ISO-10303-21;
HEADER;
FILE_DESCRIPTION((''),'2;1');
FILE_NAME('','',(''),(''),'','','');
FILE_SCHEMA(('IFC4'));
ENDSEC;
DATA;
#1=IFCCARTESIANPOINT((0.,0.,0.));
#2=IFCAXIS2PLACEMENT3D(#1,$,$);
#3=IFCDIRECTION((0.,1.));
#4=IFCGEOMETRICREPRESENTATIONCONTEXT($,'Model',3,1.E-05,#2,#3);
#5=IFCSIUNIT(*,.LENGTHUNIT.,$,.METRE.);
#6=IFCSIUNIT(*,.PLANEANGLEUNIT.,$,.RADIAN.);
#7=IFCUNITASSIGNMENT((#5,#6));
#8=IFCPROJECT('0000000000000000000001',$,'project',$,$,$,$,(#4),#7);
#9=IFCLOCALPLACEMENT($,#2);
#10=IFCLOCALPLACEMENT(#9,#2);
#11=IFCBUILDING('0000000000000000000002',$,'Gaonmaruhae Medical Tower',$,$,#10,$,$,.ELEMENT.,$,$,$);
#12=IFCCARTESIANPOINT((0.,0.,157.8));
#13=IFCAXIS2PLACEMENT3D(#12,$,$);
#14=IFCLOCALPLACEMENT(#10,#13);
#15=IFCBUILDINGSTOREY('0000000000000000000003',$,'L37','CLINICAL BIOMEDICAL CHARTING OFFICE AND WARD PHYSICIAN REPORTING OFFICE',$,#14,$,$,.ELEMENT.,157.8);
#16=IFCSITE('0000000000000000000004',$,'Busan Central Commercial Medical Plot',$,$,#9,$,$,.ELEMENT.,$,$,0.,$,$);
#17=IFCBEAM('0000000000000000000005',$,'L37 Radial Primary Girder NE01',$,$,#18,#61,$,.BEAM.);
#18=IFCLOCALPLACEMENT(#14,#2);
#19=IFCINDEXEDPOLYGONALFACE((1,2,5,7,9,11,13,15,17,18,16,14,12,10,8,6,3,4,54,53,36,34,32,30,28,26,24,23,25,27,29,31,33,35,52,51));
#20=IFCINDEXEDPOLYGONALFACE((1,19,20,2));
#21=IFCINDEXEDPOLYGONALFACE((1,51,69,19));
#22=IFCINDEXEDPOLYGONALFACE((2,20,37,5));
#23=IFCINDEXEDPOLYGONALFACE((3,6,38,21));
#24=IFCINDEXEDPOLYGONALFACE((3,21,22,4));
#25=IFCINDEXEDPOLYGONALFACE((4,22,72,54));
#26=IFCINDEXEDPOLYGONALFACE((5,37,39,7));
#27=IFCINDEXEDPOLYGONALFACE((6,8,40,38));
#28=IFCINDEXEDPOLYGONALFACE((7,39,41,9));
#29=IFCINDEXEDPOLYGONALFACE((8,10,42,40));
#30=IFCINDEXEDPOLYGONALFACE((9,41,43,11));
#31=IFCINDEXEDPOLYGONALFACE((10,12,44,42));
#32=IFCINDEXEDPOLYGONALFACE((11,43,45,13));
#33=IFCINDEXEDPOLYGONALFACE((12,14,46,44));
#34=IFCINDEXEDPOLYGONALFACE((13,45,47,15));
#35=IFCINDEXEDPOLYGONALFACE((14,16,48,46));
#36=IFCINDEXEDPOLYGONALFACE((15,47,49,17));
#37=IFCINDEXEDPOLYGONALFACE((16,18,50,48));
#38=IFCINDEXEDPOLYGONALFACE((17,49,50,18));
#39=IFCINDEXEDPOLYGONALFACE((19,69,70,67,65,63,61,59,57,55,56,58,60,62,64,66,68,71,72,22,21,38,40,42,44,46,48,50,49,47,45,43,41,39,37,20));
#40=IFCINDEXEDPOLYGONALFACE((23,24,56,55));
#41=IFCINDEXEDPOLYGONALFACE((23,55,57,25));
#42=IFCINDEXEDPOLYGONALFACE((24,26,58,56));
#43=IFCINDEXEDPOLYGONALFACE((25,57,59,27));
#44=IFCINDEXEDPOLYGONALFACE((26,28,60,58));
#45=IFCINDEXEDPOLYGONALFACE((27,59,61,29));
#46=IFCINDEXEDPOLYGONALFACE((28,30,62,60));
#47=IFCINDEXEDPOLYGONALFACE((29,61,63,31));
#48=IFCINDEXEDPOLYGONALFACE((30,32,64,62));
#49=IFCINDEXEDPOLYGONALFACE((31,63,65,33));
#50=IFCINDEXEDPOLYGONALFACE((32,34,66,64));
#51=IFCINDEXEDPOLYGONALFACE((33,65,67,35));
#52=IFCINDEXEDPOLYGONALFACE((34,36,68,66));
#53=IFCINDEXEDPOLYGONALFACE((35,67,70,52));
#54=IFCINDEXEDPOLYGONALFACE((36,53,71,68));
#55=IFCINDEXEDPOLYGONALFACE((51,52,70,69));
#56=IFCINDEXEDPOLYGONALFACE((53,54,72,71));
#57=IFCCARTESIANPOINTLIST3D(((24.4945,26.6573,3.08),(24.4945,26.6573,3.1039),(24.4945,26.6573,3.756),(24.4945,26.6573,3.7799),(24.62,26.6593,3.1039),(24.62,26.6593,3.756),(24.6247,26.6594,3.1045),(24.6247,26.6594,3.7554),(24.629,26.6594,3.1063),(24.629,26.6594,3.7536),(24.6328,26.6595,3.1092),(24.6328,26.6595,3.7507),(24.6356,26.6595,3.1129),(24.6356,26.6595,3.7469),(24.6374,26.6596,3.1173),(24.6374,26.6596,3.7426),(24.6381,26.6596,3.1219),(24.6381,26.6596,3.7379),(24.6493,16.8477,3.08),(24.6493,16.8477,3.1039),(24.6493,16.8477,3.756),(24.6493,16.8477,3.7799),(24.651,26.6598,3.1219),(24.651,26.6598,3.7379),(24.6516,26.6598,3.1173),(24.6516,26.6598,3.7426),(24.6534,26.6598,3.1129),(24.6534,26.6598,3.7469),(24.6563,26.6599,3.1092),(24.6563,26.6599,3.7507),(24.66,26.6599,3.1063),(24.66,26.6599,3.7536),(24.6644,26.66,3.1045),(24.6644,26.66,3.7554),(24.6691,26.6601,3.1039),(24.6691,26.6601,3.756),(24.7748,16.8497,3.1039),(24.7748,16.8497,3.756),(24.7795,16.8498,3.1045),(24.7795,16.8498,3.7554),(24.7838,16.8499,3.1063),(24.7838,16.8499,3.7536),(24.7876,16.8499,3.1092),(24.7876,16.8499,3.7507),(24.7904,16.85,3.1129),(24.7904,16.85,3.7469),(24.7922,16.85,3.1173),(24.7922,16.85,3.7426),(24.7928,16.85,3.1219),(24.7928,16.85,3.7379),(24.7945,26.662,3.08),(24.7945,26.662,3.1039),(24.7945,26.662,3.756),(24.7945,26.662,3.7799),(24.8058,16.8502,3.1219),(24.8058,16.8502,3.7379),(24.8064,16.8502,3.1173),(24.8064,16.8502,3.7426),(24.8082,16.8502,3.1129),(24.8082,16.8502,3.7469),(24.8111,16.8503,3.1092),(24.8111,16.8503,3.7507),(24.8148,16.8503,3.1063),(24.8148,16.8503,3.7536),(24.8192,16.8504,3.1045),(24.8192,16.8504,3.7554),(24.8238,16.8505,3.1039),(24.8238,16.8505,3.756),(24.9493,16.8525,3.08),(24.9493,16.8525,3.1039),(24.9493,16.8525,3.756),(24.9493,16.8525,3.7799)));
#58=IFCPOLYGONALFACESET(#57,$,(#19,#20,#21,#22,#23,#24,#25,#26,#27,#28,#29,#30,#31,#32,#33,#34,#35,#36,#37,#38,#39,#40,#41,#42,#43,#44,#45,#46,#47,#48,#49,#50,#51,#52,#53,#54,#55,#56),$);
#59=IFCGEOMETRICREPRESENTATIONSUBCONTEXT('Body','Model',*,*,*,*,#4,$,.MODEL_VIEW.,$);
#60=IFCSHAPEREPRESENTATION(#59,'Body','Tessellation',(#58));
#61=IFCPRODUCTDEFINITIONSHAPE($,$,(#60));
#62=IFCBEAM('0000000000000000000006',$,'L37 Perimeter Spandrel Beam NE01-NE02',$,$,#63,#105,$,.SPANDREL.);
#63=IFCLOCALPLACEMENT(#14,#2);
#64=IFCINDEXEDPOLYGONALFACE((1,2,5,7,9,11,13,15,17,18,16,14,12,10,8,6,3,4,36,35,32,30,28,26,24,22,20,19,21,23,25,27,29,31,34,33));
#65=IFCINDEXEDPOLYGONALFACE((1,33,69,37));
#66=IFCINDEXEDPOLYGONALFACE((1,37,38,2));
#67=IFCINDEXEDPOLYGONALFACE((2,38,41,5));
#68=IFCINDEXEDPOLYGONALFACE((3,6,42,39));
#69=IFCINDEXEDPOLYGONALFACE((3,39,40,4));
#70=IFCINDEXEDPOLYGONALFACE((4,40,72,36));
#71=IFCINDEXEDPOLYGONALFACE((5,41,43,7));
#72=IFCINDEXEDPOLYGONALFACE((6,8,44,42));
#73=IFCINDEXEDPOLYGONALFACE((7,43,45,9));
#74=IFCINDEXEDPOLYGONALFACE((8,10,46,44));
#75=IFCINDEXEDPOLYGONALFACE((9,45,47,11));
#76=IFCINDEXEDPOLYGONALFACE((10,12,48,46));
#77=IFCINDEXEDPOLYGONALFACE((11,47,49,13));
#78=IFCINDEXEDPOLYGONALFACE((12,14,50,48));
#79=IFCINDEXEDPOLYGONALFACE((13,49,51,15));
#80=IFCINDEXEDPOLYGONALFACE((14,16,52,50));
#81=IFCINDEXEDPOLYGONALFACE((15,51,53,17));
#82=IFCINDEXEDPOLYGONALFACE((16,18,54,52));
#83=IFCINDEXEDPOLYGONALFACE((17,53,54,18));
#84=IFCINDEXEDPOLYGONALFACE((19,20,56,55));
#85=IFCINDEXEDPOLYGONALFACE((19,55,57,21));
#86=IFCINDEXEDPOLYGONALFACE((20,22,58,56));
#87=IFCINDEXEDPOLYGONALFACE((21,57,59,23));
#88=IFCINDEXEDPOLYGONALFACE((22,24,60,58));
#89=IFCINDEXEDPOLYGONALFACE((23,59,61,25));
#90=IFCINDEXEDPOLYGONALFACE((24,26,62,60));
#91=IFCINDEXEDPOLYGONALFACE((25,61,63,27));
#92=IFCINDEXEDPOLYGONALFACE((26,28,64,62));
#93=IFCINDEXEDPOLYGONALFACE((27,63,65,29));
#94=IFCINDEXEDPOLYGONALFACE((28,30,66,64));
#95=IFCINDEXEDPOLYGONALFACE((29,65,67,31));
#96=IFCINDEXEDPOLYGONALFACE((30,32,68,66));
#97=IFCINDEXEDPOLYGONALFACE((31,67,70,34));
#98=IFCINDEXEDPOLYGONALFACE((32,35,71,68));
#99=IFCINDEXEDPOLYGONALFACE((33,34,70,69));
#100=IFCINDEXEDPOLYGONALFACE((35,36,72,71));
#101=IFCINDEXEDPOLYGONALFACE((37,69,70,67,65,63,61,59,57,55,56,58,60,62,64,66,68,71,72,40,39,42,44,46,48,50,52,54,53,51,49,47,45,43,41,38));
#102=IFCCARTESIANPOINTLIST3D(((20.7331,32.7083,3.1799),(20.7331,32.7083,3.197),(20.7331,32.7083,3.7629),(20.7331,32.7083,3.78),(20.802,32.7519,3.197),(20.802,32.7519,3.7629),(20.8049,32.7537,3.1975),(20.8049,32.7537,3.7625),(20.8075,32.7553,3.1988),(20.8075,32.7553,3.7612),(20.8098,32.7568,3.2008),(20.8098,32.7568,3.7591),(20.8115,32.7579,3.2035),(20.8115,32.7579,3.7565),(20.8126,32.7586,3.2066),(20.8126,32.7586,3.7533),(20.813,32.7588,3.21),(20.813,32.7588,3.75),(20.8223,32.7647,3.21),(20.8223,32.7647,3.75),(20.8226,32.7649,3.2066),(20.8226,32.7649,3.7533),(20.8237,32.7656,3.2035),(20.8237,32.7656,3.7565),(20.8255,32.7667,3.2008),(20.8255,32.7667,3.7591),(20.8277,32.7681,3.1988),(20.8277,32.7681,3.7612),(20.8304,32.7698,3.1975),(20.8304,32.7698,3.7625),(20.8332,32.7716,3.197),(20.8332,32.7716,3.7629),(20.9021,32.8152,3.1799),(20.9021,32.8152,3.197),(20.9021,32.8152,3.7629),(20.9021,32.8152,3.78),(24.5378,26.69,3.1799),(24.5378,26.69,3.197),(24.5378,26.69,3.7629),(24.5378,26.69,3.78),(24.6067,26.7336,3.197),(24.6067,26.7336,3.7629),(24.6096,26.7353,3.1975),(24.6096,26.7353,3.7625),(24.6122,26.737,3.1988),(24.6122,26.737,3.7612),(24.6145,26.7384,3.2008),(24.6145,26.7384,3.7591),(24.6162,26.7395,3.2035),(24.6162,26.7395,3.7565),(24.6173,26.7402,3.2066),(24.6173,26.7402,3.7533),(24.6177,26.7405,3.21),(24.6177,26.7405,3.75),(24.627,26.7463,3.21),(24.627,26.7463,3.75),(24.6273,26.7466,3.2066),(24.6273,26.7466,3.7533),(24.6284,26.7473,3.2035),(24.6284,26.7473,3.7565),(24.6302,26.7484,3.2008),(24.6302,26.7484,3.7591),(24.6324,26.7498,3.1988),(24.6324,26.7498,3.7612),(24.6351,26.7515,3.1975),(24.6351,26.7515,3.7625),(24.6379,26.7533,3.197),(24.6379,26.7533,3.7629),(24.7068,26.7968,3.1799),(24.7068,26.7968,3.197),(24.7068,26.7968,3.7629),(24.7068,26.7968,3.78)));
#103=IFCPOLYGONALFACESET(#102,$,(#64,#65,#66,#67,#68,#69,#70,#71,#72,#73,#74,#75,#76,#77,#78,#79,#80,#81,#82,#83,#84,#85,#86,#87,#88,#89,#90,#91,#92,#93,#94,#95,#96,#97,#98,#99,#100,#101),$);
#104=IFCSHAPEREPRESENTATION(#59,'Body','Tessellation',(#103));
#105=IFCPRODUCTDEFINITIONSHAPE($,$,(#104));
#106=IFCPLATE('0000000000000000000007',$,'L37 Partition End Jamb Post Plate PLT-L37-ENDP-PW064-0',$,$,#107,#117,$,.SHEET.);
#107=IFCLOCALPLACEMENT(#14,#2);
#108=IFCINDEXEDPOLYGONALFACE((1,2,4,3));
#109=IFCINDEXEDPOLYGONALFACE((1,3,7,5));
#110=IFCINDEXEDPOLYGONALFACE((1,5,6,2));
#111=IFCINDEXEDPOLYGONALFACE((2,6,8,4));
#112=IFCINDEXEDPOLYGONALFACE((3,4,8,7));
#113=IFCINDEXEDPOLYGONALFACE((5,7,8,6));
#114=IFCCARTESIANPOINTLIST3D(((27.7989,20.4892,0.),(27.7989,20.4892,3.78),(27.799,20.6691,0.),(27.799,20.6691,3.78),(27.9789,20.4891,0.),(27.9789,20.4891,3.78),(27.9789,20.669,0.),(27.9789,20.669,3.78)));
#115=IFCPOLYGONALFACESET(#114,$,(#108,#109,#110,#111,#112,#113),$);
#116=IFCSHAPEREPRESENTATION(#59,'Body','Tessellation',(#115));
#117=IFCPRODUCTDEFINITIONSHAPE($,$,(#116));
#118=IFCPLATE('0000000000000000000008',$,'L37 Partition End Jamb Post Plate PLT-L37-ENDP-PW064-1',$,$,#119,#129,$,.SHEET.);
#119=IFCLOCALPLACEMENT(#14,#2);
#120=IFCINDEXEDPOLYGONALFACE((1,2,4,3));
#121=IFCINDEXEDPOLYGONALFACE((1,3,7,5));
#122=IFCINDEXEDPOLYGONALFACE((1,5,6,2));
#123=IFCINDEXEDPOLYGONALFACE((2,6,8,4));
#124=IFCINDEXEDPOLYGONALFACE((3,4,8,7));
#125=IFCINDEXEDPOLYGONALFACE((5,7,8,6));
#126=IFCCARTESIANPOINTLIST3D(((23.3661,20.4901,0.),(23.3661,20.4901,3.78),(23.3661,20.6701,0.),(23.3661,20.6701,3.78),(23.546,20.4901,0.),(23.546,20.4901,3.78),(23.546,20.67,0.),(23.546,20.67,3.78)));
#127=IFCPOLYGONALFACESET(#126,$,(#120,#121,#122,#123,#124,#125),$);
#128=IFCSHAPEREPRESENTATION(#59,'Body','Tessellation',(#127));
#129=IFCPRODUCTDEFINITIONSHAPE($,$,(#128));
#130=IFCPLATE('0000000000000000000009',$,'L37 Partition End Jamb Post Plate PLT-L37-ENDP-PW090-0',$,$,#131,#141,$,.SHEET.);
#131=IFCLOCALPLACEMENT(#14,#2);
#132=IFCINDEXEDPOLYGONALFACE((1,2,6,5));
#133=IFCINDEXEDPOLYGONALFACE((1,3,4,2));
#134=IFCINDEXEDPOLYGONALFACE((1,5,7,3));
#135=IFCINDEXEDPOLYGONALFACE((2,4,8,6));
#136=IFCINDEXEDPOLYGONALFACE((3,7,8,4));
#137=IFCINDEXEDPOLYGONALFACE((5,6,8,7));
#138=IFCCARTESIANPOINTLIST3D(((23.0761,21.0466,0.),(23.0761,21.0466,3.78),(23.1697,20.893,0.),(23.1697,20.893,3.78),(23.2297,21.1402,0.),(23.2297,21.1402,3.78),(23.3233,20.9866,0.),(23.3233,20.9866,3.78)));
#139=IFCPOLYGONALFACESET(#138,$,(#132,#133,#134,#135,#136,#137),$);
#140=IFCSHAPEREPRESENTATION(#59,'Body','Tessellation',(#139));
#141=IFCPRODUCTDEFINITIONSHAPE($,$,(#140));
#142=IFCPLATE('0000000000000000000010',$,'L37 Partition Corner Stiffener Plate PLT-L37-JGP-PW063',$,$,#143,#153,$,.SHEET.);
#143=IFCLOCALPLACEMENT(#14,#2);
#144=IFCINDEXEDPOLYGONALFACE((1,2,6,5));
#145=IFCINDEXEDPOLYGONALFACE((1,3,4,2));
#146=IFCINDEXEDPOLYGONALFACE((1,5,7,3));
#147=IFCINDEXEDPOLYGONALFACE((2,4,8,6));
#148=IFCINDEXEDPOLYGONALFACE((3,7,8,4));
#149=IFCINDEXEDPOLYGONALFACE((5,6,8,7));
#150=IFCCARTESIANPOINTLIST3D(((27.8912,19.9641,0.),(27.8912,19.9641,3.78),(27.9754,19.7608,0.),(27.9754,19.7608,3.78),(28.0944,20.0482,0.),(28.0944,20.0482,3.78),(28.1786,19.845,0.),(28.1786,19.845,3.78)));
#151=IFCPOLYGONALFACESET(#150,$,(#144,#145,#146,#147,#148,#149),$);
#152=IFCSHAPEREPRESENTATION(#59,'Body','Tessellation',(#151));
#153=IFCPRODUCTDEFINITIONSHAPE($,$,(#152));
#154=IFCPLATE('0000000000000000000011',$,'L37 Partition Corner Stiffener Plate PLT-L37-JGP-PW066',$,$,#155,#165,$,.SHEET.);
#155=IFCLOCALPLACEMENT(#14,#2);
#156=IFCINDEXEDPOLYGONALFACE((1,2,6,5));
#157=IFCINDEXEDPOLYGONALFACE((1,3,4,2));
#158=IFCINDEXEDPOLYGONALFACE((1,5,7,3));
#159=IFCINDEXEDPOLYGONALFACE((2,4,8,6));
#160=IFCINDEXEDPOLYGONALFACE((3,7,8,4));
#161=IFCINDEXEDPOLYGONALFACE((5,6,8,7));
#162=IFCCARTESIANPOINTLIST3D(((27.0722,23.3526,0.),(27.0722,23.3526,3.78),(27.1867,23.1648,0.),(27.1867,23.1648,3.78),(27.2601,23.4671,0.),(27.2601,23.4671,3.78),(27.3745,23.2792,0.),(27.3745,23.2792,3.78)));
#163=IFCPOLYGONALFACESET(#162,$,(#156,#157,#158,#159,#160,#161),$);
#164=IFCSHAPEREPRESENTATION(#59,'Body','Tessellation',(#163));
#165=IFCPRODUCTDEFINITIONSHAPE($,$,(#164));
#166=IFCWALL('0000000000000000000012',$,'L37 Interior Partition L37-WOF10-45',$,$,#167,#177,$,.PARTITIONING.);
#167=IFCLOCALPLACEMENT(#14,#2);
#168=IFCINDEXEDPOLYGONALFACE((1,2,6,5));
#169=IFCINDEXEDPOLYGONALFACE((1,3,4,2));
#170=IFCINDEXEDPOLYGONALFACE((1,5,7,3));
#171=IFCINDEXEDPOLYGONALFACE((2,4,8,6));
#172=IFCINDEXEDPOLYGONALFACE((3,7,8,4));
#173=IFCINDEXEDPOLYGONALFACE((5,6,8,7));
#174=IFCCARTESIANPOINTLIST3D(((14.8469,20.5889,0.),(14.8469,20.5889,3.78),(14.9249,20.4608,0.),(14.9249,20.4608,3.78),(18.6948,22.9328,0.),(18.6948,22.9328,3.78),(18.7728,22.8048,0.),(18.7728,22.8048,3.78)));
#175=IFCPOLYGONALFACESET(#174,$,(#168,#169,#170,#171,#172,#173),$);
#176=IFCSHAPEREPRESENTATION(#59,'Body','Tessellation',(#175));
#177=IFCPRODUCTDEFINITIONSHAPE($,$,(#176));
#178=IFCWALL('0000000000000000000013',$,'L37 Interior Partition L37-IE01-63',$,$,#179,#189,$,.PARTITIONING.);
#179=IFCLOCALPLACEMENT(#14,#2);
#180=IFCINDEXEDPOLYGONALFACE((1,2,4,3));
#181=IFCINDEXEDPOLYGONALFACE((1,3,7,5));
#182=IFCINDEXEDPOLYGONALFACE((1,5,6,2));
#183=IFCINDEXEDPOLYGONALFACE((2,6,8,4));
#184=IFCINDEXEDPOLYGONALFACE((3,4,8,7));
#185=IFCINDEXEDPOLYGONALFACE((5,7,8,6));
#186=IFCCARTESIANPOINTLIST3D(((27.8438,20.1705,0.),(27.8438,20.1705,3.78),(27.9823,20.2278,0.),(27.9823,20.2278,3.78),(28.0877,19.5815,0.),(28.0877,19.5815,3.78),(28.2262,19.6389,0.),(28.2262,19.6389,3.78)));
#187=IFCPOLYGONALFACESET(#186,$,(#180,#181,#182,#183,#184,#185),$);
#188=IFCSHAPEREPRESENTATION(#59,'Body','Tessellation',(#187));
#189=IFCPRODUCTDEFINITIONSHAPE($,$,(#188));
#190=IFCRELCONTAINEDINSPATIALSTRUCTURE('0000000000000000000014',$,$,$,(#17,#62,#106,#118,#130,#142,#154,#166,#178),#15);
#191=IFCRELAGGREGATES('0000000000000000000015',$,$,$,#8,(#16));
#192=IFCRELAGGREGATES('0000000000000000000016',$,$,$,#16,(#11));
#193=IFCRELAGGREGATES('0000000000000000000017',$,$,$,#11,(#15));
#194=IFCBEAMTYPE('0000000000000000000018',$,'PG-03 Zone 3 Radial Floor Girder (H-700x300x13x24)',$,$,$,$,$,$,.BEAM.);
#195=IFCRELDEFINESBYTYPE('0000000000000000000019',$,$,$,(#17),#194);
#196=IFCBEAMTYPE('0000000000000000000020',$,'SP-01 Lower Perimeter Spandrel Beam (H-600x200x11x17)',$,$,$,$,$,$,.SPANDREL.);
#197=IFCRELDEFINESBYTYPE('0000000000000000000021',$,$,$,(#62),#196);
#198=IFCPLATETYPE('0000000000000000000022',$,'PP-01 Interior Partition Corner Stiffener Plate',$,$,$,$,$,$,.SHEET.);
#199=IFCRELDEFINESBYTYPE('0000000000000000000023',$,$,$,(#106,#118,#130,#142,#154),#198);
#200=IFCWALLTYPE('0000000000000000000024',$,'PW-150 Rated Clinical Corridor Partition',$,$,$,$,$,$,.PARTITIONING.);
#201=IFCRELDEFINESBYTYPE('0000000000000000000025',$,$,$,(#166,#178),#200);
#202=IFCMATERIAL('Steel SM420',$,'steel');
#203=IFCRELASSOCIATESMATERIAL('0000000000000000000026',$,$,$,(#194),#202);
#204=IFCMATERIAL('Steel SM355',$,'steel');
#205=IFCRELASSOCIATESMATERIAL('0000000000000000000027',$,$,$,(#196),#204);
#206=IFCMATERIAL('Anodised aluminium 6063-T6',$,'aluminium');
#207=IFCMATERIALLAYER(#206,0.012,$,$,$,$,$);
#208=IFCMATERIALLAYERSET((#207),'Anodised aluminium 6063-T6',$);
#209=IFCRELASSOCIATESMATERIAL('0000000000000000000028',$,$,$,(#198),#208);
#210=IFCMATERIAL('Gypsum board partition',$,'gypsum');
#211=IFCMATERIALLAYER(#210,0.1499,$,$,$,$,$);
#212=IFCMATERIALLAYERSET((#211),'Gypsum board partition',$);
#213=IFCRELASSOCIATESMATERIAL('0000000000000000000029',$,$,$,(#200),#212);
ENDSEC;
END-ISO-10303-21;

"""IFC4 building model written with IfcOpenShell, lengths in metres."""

from ifc_helpers import new_model, si_unit, direction, frame, frame_2d, origin, origin_2d, place, context, subcontext, project, spatial, rectangle, i_section, extrude, material, layer, layer_set, material_profile, profile_set, type_object, element, save


model = new_model("IFC4")

# Units and contexts
model_context = context("Model", 3, precision=1e-05, world=origin(), true_north=direction((0.0, 1.0)))
body_context = subcontext(model_context, "Body", "Model", "MODEL_VIEW")
ifc_project = project(units=[si_unit("LENGTHUNIT", "METRE"), si_unit("PLANEANGLEUNIT", "RADIAN")], contexts=[model_context])

# Site, building, storey
site_placement = place(None, origin())
site = spatial("IfcSite", under=ifc_project, at=site_placement, Name="Busan Central Commercial Medical Plot", CompositionType="ELEMENT", RefElevation=0.0)
building_placement = place(site_placement, origin())
building = spatial("IfcBuilding", under=site, at=building_placement, Name="Gaonmaruhae Medical Tower", CompositionType="ELEMENT")
storey_placement = place(building_placement, frame((0.0, 0.0, 157.8)))
storey = spatial("IfcBuildingStorey", under=building, at=storey_placement, Name="L37", Description="CLINICAL BIOMEDICAL CHARTING OFFICE AND WARD PHYSICIAN REPORTING OFFICE", CompositionType="ELEMENT", Elevation=157.8)

# Beams
ifc_material_1 = material(Name="Steel SM355", Category="steel")
ifc_material_2 = material(Name="Steel SM420", Category="steel")
ifc_material_profile_1 = material_profile(ifc_material_2, i_section(OverallWidth=0.3, OverallDepth=0.7, WebThickness=0.0129, FlangeThickness=0.0239, FilletRadius=0.0181, at=origin_2d()), Name="H-700x300x13x24")
ifc_profile_set_1 = profile_set([ifc_material_profile_1], Name="Steel SM420")
beam_type_1 = type_object("IfcBeamType", Name="PG-03 Zone 3 Radial Floor Girder (H-700x300x13x24)", PredefinedType="BEAM", material=ifc_profile_set_1)
beam_1_placement = place(storey_placement, frame((24.7993, 16.8501, 3.4299), z_axis=(-0.015777, 0.999876, 0.0), x_axis=(-0.999876, -0.015777, 0.0)))
element("IfcBeam", 1, at=beam_1_placement, inside=storey, type_object=beam_type_1, Name="L37 Radial Primary Girder NE01", PredefinedType="BEAM", context=body_context, shape_type="SweptSolid", body=[
    extrude(i_section(OverallWidth=0.3, OverallDepth=0.7, WebThickness=0.0129, FlangeThickness=0.0239, FilletRadius=0.0181, at=origin_2d()), origin(), (0.0, 0.0, 1.0), 9.8108),
])
ifc_material_profile_2 = material_profile(ifc_material_1, i_section(OverallWidth=0.2, OverallDepth=0.6001, WebThickness=0.011, FlangeThickness=0.0171, FilletRadius=0.0129, at=origin_2d()), Name="H-600x200x11x17")
ifc_profile_set_2 = profile_set([ifc_material_profile_2], Name="Steel SM355")
beam_type_2 = type_object("IfcBeamType", Name="SP-01 Lower Perimeter Spandrel Beam (H-600x200x11x17)", PredefinedType="SPANDREL", material=ifc_profile_set_2)
beam_2_placement = place(storey_placement, frame((24.6223, 26.7434, 3.48), z_axis=(-0.534359, 0.845257, 0.0), x_axis=(-0.845257, -0.534359, 0.0)))
element("IfcBeam", 2, at=beam_2_placement, inside=storey, type_object=beam_type_2, Name="L37 Perimeter Spandrel Beam NE01-NE02", PredefinedType="SPANDREL", context=body_context, shape_type="SweptSolid", body=[
    extrude(i_section(OverallWidth=0.2, OverallDepth=0.6001, WebThickness=0.011, FlangeThickness=0.0171, FilletRadius=0.0129, at=origin_2d()), origin(), (0.0, 0.0, 1.0), 7.1201),
])

# Plates
ifc_material_3 = material(Name="Anodised aluminium 6063-T6", Category="aluminium")
ifc_layer_1 = layer(ifc_material_3, 0.012)
ifc_layer_set_1 = layer_set([ifc_layer_1], Name="Anodised aluminium 6063-T6")
plate_type = type_object("IfcPlateType", Name="PP-01 Interior Partition Corner Stiffener Plate", PredefinedType="SHEET", material=ifc_layer_set_1)
for number, where, z_axis, x_axis, name in (
    (3, (27.8889, 20.5791, 0.0), (0.0, 0.0, 1.0), (-1.0, 0.000227, 0.0), "L37 Partition End Jamb Post Plate PLT-L37-ENDP-PW064-0"),
    (4, (23.4561, 20.5801, 0.0), (0.0, 0.0, 1.0), (-1.0, 0.000227, 0.0), "L37 Partition End Jamb Post Plate PLT-L37-ENDP-PW064-1"),
    (5, (23.1997, 21.0166, 0.0), (0.0, 0.0, 1.0), (-0.52022, 0.854032, 0.0), "L37 Partition End Jamb Post Plate PLT-L37-ENDP-PW090-0"),
):
    element("IfcPlate", number, at=place(storey_placement, frame(where, z_axis=z_axis, x_axis=x_axis)), inside=storey, type_object=plate_type, Name=name, PredefinedType="SHEET", context=body_context, shape_type="SweptSolid", body=[
        extrude(rectangle(XDim=0.1799, YDim=0.1799, at=origin_2d()), origin(), (0.0, 0.0, 1.0), 3.78),
    ])
for number, where, z_axis, x_axis, name in (
    (6, (28.0349, 19.9045, 0.0), (0.0, 0.0, 1.0), (-0.382716, 0.923866, 0.0), "L37 Partition Corner Stiffener Plate PLT-L37-JGP-PW063"),
    (7, (27.2234, 23.3159, 0.0), (0.0, 0.0, 1.0), (0.854023, 0.520235, 0.0), "L37 Partition Corner Stiffener Plate PLT-L37-JGP-PW066"),
):
    element("IfcPlate", number, at=place(storey_placement, frame(where, z_axis=z_axis, x_axis=x_axis)), inside=storey, type_object=plate_type, Name=name, PredefinedType="SHEET", context=body_context, shape_type="SweptSolid", body=[
        extrude(rectangle(XDim=0.22, YDim=0.22, at=origin_2d()), origin(), (0.0, 0.0, 1.0), 3.78),
    ])

# Walls
ifc_material_4 = material(Name="Gypsum board partition", Category="gypsum")
ifc_layer_2 = layer(ifc_material_4, 0.1499)
ifc_layer_set_2 = layer_set([ifc_layer_2], Name="Gypsum board partition")
wall_type = type_object("IfcWallType", Name="PW-150 Rated Clinical Corridor Partition", PredefinedType="PARTITIONING", material=ifc_layer_set_2)
wall_1_placement = place(storey_placement, frame((18.7339, 22.8689, 0.0), z_axis=(0.0, 0.0, 1.0), x_axis=(-0.854022, -0.520237, 0.0)))
element("IfcWall", 8, at=wall_1_placement, inside=storey, type_object=wall_type, Name="L37 Interior Partition L37-WOF10-45", PredefinedType="PARTITIONING", context=body_context, shape_type="SweptSolid", body=[
    extrude(rectangle(XDim=4.5056, YDim=0.1499, at=frame_2d((2.2529, 0.0))), origin(), (0.0, 0.0, 1.0), 3.78),
])
wall_2_placement = place(storey_placement, frame((28.157, 19.6101, 0.0), z_axis=(0.0, 0.0, 1.0), x_axis=(-0.382656, 0.923891, 0.0)))
element("IfcWall", 9, at=wall_2_placement, inside=storey, type_object=wall_type, Name="L37 Interior Partition L37-IE01-63", PredefinedType="PARTITIONING", context=body_context, shape_type="SweptSolid", body=[
    extrude(rectangle(XDim=0.6375, YDim=0.1499, at=frame_2d((0.3188, 0.0))), origin(), (0.0, 0.0, 1.0), 3.78),
])

save(model, "model.ifc")
